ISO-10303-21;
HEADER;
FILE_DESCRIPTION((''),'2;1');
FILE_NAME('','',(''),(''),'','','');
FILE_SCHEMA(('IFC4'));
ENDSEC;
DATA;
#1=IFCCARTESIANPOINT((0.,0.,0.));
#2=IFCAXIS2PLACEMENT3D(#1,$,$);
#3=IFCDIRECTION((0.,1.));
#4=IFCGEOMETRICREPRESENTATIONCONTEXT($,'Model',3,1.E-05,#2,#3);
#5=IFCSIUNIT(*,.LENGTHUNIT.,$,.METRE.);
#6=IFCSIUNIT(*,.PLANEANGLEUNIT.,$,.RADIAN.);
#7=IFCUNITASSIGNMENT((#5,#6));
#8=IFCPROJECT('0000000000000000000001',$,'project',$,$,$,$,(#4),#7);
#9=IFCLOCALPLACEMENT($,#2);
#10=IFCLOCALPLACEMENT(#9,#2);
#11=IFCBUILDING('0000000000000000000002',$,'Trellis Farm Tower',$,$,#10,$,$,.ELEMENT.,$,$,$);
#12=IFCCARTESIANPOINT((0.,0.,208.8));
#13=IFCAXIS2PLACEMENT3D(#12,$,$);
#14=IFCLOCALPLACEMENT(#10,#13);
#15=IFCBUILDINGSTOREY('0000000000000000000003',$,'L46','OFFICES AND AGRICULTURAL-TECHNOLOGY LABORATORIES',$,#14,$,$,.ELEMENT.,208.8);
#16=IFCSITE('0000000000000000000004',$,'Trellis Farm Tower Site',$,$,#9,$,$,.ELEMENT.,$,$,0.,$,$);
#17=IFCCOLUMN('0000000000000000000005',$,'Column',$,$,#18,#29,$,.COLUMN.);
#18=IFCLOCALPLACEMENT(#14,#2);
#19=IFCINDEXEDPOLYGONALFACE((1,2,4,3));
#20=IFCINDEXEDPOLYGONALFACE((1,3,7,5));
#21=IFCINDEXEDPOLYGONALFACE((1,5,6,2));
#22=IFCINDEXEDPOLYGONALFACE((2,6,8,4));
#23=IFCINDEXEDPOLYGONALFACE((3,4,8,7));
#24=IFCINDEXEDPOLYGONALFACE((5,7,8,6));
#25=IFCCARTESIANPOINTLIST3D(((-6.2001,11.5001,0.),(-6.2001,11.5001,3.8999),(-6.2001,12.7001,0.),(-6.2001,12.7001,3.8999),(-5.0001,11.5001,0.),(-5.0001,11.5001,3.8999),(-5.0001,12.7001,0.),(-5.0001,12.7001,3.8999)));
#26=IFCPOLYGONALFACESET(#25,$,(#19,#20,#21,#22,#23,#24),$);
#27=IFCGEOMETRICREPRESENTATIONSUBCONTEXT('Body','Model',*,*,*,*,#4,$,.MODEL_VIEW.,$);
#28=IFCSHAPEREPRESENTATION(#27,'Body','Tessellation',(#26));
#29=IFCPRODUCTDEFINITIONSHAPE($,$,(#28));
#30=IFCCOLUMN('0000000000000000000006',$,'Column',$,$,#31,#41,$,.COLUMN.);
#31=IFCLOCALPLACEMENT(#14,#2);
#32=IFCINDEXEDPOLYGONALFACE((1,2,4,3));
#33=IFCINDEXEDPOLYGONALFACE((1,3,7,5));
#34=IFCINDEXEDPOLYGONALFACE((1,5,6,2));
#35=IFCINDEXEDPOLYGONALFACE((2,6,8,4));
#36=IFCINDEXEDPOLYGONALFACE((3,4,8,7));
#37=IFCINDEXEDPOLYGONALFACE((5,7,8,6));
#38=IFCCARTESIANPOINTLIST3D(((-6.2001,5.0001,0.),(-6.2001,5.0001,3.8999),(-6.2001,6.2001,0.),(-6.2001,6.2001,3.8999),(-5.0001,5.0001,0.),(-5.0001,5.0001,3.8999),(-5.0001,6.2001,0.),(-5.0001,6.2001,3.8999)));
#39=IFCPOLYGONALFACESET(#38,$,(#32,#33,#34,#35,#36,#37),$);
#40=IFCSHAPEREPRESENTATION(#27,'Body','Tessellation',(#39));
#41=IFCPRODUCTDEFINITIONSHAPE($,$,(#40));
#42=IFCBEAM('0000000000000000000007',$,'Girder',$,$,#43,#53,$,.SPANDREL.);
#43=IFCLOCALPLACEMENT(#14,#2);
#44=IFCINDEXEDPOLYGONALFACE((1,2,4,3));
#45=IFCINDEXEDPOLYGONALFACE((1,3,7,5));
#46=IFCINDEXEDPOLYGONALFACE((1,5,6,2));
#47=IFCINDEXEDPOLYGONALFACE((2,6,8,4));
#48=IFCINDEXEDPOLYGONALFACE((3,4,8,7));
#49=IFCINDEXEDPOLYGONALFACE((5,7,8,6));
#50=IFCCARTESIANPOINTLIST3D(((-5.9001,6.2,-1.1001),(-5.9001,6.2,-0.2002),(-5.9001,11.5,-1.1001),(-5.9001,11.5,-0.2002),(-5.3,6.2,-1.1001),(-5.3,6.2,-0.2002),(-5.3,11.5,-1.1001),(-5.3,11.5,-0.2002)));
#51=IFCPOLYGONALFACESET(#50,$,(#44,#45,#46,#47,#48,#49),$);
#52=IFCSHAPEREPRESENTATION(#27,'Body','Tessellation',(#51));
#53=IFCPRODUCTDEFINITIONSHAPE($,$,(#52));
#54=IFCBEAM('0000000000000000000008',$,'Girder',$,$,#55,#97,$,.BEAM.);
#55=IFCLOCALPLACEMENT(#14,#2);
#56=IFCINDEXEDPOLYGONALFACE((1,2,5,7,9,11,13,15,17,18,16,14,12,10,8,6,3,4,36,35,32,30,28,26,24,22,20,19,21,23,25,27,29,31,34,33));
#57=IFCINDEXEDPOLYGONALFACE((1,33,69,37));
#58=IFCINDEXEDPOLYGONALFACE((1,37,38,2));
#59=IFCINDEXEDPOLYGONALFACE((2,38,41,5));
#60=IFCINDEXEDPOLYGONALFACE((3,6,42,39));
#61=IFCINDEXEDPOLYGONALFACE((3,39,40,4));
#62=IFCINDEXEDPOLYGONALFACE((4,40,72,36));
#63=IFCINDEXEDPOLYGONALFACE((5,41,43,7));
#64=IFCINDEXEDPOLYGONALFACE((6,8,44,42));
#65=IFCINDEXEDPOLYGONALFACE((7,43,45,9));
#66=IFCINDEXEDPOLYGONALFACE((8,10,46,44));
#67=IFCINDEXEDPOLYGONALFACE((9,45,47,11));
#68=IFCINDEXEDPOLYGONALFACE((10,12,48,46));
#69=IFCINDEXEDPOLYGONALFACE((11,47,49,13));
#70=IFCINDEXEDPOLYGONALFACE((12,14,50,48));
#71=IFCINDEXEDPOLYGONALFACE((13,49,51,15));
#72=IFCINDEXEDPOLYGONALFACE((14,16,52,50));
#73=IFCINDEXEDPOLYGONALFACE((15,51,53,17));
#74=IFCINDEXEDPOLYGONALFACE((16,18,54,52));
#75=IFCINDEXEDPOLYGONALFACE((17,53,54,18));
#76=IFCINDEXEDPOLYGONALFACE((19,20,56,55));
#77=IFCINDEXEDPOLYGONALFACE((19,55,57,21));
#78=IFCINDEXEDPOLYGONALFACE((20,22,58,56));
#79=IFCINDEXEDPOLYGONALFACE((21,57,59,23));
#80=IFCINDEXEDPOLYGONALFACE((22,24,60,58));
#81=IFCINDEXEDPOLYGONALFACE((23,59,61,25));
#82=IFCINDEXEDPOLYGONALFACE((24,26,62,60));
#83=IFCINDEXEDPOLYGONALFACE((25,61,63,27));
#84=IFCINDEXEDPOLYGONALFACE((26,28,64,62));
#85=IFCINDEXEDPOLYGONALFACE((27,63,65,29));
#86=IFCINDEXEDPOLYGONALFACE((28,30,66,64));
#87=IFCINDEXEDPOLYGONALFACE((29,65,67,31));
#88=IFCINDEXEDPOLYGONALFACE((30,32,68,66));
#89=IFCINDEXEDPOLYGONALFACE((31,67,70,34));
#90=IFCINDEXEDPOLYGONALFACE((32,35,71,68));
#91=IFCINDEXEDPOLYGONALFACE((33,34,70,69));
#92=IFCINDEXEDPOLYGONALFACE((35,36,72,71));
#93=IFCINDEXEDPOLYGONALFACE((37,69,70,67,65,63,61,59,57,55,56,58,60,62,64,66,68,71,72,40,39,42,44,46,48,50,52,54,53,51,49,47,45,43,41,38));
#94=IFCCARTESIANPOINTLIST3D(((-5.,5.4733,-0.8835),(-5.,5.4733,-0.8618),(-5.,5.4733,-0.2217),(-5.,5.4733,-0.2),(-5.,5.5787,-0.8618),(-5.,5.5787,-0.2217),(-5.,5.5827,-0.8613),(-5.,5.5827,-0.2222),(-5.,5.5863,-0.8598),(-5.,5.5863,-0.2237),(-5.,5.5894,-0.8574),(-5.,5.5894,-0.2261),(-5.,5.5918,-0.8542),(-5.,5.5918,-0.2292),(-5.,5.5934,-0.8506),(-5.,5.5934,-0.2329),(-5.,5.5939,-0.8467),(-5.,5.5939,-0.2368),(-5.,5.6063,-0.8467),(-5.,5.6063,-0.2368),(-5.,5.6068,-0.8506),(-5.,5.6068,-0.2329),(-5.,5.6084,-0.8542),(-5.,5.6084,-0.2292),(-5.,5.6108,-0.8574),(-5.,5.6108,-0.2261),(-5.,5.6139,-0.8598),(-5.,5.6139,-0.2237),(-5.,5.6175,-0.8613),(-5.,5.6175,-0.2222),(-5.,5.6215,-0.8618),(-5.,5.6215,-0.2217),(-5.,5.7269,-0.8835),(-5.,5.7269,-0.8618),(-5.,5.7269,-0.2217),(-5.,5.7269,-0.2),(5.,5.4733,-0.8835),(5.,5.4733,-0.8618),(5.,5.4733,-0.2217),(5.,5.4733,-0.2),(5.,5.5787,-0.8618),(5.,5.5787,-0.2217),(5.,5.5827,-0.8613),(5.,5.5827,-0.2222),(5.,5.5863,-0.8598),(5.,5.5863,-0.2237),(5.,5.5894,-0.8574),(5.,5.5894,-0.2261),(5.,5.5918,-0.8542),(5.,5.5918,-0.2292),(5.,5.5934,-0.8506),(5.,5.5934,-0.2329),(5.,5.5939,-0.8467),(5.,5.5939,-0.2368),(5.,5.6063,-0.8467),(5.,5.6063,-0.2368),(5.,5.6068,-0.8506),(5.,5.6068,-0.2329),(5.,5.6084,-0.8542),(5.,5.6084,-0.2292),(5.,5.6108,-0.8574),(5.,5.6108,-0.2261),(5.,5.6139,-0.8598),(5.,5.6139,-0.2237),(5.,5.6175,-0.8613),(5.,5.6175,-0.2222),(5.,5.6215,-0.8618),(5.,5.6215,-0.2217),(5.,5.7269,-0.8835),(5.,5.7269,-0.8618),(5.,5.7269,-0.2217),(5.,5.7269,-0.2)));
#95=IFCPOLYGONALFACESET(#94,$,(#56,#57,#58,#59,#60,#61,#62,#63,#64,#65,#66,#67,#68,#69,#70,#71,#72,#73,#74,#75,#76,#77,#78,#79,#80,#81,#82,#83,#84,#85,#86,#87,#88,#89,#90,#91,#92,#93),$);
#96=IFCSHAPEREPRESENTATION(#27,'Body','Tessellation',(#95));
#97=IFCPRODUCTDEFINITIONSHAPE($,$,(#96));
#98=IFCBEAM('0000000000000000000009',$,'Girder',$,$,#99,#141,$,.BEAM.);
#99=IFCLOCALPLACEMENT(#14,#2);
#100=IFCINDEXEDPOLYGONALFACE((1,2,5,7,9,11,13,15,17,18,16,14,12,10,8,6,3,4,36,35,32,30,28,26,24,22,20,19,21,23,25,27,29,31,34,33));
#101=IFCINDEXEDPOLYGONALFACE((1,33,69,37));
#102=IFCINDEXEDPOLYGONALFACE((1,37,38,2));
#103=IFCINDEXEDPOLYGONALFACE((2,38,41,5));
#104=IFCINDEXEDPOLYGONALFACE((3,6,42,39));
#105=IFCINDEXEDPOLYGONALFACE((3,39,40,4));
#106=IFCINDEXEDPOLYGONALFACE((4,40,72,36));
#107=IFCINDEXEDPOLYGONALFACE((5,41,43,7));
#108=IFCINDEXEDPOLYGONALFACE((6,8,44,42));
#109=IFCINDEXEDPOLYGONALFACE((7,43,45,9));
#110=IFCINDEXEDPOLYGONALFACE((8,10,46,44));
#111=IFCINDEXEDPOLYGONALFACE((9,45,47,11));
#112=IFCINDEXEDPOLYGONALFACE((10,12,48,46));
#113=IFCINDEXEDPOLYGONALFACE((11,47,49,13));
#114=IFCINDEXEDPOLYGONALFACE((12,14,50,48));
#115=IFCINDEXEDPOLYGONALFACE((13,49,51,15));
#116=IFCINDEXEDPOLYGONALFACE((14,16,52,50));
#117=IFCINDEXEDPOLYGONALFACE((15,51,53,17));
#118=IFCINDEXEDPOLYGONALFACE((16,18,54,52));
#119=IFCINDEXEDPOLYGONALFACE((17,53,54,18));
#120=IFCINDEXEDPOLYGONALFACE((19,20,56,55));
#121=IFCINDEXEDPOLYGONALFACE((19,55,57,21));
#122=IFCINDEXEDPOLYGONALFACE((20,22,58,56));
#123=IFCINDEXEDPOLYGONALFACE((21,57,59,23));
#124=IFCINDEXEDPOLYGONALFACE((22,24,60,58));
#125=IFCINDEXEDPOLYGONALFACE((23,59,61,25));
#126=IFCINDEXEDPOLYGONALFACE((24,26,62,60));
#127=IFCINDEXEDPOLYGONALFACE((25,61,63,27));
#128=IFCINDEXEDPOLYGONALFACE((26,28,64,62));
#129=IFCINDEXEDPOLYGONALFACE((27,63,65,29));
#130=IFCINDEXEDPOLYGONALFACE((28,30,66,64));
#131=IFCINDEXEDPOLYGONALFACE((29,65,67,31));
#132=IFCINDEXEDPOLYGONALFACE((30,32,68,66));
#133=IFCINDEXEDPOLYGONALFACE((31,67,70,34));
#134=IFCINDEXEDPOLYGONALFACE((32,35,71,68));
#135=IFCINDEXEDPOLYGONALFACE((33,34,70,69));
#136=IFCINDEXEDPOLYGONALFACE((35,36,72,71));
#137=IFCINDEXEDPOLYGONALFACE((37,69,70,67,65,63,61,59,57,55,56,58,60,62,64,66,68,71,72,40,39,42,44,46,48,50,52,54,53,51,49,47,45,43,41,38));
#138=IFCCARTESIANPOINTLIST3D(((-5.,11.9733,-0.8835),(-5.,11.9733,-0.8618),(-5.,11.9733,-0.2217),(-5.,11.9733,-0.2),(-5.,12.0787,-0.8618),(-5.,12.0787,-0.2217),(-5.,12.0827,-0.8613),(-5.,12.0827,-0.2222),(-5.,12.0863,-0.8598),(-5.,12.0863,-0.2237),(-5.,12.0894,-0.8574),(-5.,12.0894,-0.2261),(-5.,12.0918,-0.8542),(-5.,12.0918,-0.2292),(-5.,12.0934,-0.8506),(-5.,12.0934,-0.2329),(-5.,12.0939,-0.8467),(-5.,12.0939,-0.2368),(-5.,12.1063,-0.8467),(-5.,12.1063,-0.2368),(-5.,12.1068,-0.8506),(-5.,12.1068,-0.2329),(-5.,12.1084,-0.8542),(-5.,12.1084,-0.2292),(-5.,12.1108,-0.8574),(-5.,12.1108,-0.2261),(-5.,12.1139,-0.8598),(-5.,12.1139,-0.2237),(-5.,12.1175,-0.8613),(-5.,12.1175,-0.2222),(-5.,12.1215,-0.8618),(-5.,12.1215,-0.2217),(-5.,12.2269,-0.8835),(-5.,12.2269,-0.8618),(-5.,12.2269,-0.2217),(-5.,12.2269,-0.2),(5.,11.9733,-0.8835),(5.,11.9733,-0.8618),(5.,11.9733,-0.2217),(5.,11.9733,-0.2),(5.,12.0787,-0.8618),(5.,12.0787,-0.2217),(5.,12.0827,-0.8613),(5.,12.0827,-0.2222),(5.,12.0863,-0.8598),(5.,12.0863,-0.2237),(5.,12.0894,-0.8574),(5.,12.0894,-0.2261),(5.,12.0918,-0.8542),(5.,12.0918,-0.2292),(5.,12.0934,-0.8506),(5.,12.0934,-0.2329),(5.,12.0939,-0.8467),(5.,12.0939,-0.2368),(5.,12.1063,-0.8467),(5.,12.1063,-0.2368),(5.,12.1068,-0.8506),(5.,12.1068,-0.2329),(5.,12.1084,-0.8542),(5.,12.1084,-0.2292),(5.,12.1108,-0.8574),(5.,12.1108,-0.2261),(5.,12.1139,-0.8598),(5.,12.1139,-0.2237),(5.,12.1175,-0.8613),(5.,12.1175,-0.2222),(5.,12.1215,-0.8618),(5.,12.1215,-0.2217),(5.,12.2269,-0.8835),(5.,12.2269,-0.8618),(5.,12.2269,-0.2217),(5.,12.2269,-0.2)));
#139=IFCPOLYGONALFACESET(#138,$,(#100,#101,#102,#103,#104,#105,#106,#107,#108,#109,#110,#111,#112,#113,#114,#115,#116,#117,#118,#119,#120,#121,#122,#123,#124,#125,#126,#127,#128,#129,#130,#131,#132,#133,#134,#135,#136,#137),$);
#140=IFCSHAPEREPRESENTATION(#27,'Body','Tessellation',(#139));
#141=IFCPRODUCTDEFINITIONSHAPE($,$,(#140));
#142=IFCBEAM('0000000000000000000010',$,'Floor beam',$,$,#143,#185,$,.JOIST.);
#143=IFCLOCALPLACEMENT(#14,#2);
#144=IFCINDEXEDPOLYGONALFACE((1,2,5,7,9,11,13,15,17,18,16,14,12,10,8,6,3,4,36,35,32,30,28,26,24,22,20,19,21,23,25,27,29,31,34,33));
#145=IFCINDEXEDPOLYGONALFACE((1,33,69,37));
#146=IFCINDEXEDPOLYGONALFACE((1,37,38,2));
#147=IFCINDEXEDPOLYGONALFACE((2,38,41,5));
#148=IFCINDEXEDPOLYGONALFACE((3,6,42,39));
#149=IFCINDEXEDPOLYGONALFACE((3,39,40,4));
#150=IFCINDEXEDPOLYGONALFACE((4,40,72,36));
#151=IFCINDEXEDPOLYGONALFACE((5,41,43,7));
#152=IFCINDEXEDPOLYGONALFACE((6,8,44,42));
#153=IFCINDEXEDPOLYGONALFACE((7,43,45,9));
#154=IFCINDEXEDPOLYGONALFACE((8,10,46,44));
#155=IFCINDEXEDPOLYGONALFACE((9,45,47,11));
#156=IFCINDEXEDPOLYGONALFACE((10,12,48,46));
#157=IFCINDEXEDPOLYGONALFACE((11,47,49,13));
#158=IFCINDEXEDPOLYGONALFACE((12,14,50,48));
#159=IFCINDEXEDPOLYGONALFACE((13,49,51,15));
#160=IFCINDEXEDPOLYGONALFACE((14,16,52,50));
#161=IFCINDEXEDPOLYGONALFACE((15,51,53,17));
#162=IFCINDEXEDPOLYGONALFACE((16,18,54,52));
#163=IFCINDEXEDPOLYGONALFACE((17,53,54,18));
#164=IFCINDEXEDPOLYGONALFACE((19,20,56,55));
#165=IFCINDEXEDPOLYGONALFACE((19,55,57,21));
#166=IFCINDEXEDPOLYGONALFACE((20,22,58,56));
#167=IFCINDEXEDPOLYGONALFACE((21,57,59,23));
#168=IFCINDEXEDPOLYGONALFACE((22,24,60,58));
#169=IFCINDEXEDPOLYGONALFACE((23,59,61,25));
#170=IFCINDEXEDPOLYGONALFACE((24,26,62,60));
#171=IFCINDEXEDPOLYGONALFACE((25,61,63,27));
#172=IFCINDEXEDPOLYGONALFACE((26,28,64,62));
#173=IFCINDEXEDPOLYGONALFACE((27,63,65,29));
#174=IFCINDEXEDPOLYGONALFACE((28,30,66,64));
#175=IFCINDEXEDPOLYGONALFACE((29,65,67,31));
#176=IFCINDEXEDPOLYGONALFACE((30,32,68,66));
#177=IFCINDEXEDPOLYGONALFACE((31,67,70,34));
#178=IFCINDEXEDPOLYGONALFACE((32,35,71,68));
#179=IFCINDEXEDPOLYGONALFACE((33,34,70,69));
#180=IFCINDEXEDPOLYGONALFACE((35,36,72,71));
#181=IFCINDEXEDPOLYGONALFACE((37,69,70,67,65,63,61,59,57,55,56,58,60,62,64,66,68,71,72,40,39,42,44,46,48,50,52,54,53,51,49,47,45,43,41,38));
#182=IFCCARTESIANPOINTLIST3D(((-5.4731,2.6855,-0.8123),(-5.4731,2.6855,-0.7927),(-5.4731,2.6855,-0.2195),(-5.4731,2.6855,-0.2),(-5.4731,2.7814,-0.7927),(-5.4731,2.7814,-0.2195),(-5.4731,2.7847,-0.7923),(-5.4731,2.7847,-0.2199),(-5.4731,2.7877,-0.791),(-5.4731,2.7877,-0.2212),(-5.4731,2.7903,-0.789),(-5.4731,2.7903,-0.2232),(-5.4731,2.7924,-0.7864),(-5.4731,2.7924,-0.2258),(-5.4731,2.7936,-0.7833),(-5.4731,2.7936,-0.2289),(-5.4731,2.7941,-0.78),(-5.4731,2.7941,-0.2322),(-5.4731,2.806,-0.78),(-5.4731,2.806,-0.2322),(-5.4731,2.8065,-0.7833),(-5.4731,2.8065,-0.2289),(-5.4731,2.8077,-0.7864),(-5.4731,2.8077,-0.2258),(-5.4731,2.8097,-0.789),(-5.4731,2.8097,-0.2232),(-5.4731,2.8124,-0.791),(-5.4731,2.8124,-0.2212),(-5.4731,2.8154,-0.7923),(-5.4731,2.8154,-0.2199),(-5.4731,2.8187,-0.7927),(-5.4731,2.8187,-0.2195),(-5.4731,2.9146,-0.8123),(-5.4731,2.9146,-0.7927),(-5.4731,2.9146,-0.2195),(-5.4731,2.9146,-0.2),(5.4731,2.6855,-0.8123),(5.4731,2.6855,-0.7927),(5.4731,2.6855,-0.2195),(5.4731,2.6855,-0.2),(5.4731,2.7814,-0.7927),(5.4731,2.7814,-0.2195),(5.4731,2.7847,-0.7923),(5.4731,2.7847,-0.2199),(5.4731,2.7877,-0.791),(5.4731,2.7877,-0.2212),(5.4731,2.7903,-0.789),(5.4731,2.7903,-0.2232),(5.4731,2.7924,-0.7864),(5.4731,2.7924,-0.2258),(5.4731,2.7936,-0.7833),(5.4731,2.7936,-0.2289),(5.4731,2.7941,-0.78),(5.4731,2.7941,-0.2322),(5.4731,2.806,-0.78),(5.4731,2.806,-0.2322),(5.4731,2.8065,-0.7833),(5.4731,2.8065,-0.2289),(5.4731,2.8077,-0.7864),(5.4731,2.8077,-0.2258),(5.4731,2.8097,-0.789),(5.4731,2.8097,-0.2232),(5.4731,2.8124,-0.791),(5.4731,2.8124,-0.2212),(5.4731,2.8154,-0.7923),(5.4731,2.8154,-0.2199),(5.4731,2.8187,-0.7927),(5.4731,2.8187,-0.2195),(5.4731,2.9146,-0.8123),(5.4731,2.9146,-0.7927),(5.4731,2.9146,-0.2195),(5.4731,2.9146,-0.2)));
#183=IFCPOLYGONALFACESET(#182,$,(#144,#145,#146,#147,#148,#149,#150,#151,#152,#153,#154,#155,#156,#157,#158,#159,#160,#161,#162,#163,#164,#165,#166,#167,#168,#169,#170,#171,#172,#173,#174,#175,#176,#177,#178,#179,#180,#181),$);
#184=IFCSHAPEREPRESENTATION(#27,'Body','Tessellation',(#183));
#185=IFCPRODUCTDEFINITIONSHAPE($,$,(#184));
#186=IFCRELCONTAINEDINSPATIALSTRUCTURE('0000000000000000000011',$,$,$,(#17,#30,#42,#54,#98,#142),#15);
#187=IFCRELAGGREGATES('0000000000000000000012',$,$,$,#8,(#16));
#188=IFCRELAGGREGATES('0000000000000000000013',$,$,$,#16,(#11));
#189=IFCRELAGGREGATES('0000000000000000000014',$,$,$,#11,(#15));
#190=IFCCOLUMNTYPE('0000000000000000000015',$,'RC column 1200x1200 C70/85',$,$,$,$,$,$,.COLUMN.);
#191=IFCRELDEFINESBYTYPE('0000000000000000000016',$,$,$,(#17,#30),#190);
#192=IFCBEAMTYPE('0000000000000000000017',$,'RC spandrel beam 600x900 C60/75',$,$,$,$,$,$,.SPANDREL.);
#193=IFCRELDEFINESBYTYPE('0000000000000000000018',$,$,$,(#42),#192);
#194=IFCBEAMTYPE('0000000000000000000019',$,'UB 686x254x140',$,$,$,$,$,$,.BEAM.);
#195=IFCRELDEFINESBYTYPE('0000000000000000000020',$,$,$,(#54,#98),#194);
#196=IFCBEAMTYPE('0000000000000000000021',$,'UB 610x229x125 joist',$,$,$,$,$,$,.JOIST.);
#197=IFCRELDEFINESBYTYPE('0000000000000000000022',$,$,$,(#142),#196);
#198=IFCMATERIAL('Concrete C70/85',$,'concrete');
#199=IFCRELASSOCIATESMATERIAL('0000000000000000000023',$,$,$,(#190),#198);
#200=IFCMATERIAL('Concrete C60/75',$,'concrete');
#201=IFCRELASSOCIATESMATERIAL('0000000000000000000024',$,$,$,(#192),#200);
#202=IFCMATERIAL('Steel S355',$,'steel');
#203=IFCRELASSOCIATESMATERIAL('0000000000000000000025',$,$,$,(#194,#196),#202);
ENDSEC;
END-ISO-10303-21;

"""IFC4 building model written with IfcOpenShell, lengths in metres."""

from ifc_helpers import new_model, si_unit, direction, frame, origin, origin_2d, place, context, subcontext, project, spatial, rectangle, i_section, extrude, source, transform, mapped, material, material_profile, profile_set, type_object, element, save


model = new_model("IFC4")

# Units and contexts
model_context = context("Model", 3, precision=1e-05, world=origin(), true_north=direction((0.0, 1.0)))
body_context = subcontext(model_context, "Body", "Model", "MODEL_VIEW")
ifc_project = project(units=[si_unit("LENGTHUNIT", "METRE"), si_unit("PLANEANGLEUNIT", "RADIAN")], contexts=[model_context])

# Site, building, storey
site_placement = place(None, origin())
site = spatial("IfcSite", under=ifc_project, at=site_placement, Name="Trellis Farm Tower Site", CompositionType="ELEMENT", RefElevation=0.0)
building_placement = place(site_placement, origin())
building = spatial("IfcBuilding", under=site, at=building_placement, Name="Trellis Farm Tower", CompositionType="ELEMENT")
storey_placement = place(building_placement, frame((0.0, 0.0, 208.8)))
storey = spatial("IfcBuildingStorey", under=building, at=storey_placement, Name="L46", Description="OFFICES AND AGRICULTURAL-TECHNOLOGY LABORATORIES", CompositionType="ELEMENT", Elevation=208.8)

# Columns
ifc_material_1 = material(Name="Concrete C70/85", Category="concrete")
ifc_material_profile_1 = material_profile(ifc_material_1, rectangle(XDim=1.2, YDim=1.2, at=origin_2d()), Name="RC column 1200x1200 C70/85")
ifc_profile_set_1 = profile_set([ifc_material_profile_1], Name="Concrete C70/85")
column_type = type_object("IfcColumnType", Name="RC column 1200x1200 C70/85", PredefinedType="COLUMN", material=ifc_profile_set_1)
shared_shape_1 = source(origin(), body_context, "Body", "SweptSolid", [
    extrude(rectangle(XDim=1.2, YDim=1.2, at=origin_2d()), origin(), (0.0, 0.0, 1.0), 3.8999),
])
for number, where, z_axis, x_axis, name in (
    (1, (-5.6001, 12.1001, 0.0), (0.0, 0.0, 1.0), (1.0, 0.0, 0.0), "Column"),
    (2, (-5.6001, 5.6001, 0.0), (0.0, 0.0, 1.0), (1.0, 0.0, 0.0), "Column"),
):
    element("IfcColumn", number, at=place(storey_placement, frame(where, z_axis=z_axis, x_axis=x_axis)), inside=storey, type_object=column_type, Name=name, PredefinedType="COLUMN", context=body_context, shape_type="MappedRepresentation", body=[
        mapped(shared_shape_1, transform((0.0, 0.0, 0.0))),
    ])

# Beams
ifc_material_2 = material(Name="Concrete C60/75", Category="concrete")
ifc_material_profile_2 = material_profile(ifc_material_2, rectangle(XDim=0.6001, YDim=0.8999, at=origin_2d()), Name="RC spandrel beam 600x900 C60/75")
ifc_profile_set_2 = profile_set([ifc_material_profile_2], Name="Concrete C60/75")
beam_type_1 = type_object("IfcBeamType", Name="RC spandrel beam 600x900 C60/75", PredefinedType="SPANDREL", material=ifc_profile_set_2)
shared_shape_2 = source(origin(), body_context, "Body", "SweptSolid", [
    extrude(rectangle(XDim=0.6001, YDim=0.8999, at=origin_2d()), origin(), (0.0, 0.0, 1.0), 5.3),
])
beam_1_placement = place(storey_placement, frame((-5.6001, 6.2, -0.6501), z_axis=(0.0, 1.0, 0.0), x_axis=(-1.0, 0.0, 0.0)))
element("IfcBeam", 3, at=beam_1_placement, inside=storey, type_object=beam_type_1, Name="Girder", PredefinedType="SPANDREL", context=body_context, shape_type="MappedRepresentation", body=[
    mapped(shared_shape_2, transform((0.0, 0.0, 0.0))),
])
ifc_material_3 = material(Name="Steel S355", Category="steel")
ifc_material_profile_3 = material_profile(ifc_material_3, i_section(OverallWidth=0.2537, OverallDepth=0.6836, WebThickness=0.0125, FlangeThickness=0.0217, FilletRadius=0.0151, at=origin_2d()), Name="UB 686x254x140")
ifc_profile_set_3 = profile_set([ifc_material_profile_3], Name="Steel S355")
beam_type_2 = type_object("IfcBeamType", Name="UB 686x254x140", PredefinedType="BEAM", material=ifc_profile_set_3)
shared_shape_3 = source(origin(), body_context, "Body", "SweptSolid", [
    extrude(i_section(OverallWidth=0.2537, OverallDepth=0.6836, WebThickness=0.0125, FlangeThickness=0.0217, FilletRadius=0.0151, at=origin_2d()), origin(), (0.0, 0.0, 1.0), 10.0),
])
for number, where, z_axis, x_axis, name in (
    (4, (-5.0, 5.6001, -0.5417), (1.0, 0.0, 0.0), (0.0, 1.0, 0.0), "Girder"),
    (5, (-5.0, 12.1001, -0.5417), (1.0, 0.0, 0.0), (0.0, 1.0, 0.0), "Girder"),
):
    element("IfcBeam", number, at=place(storey_placement, frame(where, z_axis=z_axis, x_axis=x_axis)), inside=storey, type_object=beam_type_2, Name=name, PredefinedType="BEAM", context=body_context, shape_type="MappedRepresentation", body=[
        mapped(shared_shape_3, transform((0.0, 0.0, 0.0))),
    ])
ifc_material_profile_4 = material_profile(ifc_material_3, i_section(OverallWidth=0.229, OverallDepth=0.6123, WebThickness=0.012, FlangeThickness=0.0195, FilletRadius=0.0127, at=origin_2d()), Name="UB 610x229x125")
ifc_profile_set_4 = profile_set([ifc_material_profile_4], Name="Steel S355")
beam_type_3 = type_object("IfcBeamType", Name="UB 610x229x125 joist", PredefinedType="JOIST", material=ifc_profile_set_4)
shared_shape_4 = source(origin(), body_context, "Body", "SweptSolid", [
    extrude(i_section(OverallWidth=0.229, OverallDepth=0.6123, WebThickness=0.012, FlangeThickness=0.0195, FilletRadius=0.0127, at=origin_2d()), origin(), (0.0, 0.0, 1.0), 10.9463),
])
beam_2_placement = place(storey_placement, frame((-5.4731, 2.8, -0.5061), z_axis=(1.0, 0.0, 0.0), x_axis=(0.0, 1.0, 0.0)))
element("IfcBeam", 6, at=beam_2_placement, inside=storey, type_object=beam_type_3, Name="Floor beam", PredefinedType="JOIST", context=body_context, shape_type="MappedRepresentation", body=[
    mapped(shared_shape_4, transform((0.0, 0.0, 0.0))),
])

save(model, "model.ifc")
